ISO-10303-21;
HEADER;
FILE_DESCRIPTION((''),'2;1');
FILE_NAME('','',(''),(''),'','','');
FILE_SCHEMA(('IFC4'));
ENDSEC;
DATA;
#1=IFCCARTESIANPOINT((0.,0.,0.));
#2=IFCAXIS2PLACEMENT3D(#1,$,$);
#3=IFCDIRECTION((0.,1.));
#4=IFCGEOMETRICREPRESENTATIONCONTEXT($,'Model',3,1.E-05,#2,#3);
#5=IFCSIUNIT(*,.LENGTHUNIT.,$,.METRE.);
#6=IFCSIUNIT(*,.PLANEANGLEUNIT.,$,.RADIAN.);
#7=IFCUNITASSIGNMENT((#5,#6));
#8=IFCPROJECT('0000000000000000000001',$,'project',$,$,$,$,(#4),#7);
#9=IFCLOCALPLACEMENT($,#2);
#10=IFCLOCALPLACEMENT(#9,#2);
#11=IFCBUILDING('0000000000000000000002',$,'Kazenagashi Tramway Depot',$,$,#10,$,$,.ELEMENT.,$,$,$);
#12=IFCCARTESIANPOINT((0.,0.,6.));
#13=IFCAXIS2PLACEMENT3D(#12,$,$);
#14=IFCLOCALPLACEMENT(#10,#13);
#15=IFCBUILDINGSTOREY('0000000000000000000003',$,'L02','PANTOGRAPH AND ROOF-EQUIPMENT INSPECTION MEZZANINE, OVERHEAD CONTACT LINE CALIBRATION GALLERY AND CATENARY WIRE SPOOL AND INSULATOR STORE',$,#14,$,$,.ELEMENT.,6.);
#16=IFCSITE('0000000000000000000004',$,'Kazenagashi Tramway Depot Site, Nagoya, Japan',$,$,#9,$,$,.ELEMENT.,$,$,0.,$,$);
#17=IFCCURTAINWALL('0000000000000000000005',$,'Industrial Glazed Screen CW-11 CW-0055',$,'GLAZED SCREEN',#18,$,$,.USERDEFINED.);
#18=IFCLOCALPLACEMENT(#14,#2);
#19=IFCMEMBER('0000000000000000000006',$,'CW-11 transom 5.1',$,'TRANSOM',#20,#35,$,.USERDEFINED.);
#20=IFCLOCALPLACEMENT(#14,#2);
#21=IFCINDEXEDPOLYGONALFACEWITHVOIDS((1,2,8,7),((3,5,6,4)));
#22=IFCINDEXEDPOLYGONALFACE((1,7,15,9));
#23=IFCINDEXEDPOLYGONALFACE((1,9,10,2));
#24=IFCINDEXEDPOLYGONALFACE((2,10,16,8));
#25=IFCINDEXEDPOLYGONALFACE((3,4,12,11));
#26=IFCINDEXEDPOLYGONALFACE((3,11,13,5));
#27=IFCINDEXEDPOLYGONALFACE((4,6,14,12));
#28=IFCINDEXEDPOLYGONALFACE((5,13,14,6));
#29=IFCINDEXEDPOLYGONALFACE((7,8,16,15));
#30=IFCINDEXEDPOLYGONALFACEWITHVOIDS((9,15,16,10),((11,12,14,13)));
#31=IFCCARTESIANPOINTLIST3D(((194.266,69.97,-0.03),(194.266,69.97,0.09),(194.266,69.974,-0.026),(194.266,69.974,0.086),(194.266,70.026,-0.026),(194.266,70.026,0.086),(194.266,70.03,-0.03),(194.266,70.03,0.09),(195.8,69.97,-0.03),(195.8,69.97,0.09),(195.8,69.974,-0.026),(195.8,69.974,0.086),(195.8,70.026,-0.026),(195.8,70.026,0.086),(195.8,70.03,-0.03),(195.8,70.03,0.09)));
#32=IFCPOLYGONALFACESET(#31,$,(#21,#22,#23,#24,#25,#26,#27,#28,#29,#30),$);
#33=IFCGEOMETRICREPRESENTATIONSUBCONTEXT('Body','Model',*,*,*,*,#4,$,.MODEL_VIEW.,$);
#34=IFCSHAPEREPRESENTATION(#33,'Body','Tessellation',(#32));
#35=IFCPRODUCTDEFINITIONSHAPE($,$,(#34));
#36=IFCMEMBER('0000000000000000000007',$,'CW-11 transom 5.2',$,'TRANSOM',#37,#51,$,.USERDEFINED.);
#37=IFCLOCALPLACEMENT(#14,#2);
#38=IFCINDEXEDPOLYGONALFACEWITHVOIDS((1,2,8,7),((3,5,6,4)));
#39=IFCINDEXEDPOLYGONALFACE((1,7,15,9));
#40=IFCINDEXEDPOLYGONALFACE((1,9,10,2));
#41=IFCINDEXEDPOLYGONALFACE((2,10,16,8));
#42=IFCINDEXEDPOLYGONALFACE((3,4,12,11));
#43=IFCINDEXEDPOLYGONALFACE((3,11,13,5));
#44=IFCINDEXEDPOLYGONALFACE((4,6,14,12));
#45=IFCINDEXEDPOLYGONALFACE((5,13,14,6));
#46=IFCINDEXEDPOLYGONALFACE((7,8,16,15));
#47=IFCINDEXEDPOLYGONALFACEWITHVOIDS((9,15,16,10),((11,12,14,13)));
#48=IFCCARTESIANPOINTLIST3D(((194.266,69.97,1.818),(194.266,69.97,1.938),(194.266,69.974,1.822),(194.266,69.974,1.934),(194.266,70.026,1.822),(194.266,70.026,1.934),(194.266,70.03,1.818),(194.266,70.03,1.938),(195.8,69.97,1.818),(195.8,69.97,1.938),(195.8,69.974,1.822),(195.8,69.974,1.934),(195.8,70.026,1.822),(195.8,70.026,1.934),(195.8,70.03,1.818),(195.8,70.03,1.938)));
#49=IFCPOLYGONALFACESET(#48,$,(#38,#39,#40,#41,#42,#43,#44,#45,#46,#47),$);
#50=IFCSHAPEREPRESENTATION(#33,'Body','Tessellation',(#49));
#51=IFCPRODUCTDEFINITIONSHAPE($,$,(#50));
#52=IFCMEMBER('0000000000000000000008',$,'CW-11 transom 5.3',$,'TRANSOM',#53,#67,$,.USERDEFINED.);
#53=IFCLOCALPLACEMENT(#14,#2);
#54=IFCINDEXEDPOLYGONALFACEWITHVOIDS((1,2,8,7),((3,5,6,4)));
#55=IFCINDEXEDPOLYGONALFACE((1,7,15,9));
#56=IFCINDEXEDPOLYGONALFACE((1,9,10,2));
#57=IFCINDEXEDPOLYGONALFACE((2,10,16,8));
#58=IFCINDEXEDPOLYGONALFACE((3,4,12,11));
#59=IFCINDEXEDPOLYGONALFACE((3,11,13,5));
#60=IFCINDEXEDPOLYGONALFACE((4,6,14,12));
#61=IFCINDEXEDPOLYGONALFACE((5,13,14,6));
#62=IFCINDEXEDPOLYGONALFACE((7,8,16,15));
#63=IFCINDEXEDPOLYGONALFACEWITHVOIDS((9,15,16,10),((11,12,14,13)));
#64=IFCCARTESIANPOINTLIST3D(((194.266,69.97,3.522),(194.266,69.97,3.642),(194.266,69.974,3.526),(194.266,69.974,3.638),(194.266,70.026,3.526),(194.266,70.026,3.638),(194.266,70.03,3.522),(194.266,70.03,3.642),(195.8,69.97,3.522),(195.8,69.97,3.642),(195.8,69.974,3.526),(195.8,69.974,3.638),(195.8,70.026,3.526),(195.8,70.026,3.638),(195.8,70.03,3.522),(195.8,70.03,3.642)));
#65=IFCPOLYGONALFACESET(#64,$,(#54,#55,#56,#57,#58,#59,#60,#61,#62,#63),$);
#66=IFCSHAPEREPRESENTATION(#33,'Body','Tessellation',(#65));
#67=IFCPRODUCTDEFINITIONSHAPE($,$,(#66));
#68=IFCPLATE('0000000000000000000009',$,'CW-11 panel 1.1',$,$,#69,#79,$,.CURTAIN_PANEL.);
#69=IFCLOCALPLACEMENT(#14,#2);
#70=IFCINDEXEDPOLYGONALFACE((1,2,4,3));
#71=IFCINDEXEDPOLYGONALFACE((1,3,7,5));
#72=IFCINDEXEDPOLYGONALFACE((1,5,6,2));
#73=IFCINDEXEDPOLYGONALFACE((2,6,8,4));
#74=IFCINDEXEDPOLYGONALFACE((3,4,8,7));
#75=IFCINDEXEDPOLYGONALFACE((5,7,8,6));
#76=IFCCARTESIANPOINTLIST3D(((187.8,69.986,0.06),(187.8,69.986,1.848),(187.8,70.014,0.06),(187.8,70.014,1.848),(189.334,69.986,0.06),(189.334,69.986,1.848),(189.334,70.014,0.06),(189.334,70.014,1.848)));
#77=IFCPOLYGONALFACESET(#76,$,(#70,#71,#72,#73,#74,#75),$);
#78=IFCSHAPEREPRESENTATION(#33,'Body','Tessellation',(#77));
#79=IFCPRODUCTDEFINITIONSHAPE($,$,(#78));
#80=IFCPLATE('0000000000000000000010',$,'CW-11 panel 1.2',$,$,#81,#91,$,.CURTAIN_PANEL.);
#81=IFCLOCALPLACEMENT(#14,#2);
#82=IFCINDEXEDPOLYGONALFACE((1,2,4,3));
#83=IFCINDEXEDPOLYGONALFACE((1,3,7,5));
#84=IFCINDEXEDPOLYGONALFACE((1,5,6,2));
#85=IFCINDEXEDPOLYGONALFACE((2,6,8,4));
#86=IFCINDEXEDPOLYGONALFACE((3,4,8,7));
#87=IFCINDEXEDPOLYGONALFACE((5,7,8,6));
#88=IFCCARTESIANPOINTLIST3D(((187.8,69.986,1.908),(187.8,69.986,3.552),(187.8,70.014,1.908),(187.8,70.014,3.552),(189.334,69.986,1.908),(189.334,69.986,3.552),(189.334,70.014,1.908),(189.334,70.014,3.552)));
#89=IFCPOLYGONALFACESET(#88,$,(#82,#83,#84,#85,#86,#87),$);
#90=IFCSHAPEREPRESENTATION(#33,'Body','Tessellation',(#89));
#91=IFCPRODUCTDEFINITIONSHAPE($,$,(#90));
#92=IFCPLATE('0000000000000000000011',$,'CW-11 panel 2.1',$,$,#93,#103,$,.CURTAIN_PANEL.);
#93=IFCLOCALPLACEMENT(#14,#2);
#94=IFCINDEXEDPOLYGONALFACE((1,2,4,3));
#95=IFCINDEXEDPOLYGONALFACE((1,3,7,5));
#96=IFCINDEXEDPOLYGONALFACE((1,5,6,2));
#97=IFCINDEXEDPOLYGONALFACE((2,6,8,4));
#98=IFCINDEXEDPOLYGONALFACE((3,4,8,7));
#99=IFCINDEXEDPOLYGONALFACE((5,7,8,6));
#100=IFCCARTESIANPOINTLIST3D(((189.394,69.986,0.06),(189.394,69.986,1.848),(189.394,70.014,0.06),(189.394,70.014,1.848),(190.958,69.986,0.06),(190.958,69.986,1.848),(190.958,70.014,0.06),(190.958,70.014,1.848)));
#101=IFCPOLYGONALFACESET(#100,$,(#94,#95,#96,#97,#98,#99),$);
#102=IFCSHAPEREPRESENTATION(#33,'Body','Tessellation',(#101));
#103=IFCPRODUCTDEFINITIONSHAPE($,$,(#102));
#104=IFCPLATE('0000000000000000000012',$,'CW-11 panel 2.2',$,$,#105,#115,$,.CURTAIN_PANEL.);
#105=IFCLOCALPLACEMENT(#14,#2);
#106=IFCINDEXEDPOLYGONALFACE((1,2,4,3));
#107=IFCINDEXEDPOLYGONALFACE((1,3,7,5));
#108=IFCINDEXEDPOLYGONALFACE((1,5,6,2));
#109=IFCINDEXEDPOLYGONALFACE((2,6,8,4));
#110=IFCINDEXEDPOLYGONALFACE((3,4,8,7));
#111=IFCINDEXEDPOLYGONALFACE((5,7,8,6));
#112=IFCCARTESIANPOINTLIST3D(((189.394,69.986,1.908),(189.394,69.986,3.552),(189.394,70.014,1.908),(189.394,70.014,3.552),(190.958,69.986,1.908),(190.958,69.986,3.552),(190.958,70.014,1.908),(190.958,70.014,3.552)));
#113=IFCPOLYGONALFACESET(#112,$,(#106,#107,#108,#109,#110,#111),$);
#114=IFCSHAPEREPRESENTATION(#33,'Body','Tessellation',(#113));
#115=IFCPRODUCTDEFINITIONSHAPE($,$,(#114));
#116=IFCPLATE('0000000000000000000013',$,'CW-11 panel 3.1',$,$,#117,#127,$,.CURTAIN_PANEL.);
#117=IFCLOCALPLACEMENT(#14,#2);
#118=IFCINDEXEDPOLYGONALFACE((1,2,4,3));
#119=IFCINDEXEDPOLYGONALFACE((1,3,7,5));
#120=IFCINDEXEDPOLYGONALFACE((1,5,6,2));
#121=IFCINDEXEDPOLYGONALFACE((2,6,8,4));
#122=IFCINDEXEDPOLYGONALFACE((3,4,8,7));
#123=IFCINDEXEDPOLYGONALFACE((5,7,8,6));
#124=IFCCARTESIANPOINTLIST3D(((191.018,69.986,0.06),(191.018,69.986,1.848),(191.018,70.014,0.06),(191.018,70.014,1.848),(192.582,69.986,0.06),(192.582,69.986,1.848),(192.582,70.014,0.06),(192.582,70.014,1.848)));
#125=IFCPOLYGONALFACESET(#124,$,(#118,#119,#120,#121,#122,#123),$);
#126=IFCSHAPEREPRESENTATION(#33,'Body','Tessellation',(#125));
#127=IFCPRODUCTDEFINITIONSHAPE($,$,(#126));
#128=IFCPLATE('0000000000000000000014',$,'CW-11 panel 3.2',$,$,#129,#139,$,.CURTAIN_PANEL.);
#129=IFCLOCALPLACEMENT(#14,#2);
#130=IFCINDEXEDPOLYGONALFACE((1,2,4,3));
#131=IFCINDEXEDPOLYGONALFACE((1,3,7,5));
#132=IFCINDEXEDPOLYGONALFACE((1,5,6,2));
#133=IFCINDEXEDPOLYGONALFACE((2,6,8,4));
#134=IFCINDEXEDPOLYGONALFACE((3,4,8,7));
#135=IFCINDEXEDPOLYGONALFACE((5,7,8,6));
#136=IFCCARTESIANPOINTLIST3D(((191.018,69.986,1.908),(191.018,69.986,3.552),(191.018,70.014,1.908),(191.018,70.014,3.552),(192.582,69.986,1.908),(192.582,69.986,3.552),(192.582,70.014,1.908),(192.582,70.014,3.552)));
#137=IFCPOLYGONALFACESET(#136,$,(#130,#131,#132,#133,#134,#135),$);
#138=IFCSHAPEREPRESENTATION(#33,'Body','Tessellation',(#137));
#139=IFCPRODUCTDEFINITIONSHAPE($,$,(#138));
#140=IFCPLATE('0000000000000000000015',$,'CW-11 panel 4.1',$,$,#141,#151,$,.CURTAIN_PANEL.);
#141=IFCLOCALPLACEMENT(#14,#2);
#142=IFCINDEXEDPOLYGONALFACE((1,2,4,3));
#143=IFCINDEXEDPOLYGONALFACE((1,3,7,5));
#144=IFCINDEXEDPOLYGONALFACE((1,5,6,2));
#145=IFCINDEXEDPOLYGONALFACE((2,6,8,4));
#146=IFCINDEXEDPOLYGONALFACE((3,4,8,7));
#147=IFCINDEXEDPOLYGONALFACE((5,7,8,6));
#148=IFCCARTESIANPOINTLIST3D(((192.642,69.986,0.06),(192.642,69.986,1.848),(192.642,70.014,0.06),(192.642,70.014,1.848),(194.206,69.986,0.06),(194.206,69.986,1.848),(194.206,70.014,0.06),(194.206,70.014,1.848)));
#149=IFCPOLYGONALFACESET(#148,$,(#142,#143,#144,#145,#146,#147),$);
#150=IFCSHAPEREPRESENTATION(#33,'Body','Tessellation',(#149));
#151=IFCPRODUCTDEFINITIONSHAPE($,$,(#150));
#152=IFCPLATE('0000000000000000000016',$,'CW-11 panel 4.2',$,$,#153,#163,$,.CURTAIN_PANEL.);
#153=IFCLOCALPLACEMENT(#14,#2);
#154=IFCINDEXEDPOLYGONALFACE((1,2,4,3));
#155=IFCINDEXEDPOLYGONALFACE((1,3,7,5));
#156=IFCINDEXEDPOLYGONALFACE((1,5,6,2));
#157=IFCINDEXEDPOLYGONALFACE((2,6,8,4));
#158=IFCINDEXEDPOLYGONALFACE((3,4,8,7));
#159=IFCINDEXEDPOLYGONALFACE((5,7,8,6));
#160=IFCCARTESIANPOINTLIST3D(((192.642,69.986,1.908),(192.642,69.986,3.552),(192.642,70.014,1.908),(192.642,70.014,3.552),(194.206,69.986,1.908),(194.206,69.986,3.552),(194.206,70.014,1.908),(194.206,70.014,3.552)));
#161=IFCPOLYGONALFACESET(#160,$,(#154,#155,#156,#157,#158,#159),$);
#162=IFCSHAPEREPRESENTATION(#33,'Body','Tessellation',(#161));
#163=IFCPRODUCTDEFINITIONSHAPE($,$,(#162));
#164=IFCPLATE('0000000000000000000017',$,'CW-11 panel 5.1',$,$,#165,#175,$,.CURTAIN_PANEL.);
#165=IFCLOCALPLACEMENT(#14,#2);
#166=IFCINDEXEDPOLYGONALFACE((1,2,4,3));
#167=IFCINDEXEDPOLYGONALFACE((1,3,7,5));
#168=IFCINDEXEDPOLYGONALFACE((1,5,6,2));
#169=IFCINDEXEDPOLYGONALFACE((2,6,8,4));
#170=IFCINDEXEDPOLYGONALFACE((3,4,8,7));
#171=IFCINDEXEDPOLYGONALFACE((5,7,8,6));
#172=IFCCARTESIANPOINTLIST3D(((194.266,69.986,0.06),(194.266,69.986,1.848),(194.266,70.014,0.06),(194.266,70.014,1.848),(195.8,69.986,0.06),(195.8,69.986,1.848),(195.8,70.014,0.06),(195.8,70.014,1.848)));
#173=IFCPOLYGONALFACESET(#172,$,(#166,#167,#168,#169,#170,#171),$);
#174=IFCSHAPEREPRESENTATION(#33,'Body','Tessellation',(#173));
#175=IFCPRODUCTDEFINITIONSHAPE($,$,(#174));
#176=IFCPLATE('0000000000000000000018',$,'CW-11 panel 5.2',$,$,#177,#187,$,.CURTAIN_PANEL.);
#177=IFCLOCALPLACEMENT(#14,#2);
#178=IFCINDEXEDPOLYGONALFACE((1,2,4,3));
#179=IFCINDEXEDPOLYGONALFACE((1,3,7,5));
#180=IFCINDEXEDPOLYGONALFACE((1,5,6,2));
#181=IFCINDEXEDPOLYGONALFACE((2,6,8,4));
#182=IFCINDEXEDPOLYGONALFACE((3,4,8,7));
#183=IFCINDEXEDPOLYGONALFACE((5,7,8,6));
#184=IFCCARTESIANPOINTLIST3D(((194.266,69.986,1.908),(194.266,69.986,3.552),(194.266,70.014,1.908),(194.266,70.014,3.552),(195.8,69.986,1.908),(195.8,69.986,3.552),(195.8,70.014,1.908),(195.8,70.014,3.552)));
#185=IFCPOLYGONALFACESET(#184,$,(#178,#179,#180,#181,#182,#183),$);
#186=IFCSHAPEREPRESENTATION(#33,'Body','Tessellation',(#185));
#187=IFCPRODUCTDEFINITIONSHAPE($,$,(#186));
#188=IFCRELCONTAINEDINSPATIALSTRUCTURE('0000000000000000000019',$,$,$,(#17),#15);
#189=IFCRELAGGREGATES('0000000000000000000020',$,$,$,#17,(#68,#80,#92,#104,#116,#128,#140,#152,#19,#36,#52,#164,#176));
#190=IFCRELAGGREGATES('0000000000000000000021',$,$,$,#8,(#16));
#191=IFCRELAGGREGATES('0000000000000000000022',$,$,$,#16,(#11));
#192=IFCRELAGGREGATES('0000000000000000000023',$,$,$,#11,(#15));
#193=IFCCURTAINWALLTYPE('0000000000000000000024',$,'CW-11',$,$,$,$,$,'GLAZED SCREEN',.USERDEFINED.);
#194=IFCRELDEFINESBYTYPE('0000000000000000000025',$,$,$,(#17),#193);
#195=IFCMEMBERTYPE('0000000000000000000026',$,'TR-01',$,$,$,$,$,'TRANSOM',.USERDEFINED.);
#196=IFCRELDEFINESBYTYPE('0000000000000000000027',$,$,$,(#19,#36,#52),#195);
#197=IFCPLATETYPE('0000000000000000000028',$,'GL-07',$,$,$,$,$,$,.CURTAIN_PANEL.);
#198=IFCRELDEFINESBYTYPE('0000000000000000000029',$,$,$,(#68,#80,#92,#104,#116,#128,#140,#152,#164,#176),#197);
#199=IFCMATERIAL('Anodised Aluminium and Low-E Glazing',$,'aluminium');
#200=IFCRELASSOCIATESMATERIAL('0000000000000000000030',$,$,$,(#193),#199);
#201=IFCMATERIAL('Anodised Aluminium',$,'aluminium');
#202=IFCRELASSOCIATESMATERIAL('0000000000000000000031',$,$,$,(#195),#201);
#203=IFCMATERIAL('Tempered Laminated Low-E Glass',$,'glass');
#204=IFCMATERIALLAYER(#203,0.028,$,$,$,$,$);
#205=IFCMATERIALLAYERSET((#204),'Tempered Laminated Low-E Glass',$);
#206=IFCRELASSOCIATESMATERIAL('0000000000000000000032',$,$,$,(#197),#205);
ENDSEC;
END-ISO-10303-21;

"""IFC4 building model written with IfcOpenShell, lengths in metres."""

from ifc_helpers import new_model, si_unit, direction, frame, origin, origin_2d, place, context, subcontext, project, spatial, rectangle, hollow_rectangle, extrude, material, layer, layer_set, material_profile, profile_set, type_object, element, aggregate, save


model = new_model("IFC4")

# Units and contexts
model_context = context("Model", 3, precision=1e-05, world=origin(), true_north=direction((0.0, 1.0)))
body_context = subcontext(model_context, "Body", "Model", "MODEL_VIEW")
ifc_project = project(units=[si_unit("LENGTHUNIT", "METRE"), si_unit("PLANEANGLEUNIT", "RADIAN")], contexts=[model_context])

# Site, building, storey
site_placement = place(None, origin())
site = spatial("IfcSite", under=ifc_project, at=site_placement, Name="Kazenagashi Tramway Depot Site, Nagoya, Japan", CompositionType="ELEMENT", RefElevation=0.0)
building_placement = place(site_placement, origin())
building = spatial("IfcBuilding", under=site, at=building_placement, Name="Kazenagashi Tramway Depot", CompositionType="ELEMENT")
storey_placement = place(building_placement, frame((0.0, 0.0, 6.0)))
storey = spatial("IfcBuildingStorey", under=building, at=storey_placement, Name="L02", Description="PANTOGRAPH AND ROOF-EQUIPMENT INSPECTION MEZZANINE, OVERHEAD CONTACT LINE CALIBRATION GALLERY AND CATENARY WIRE SPOOL AND INSULATOR STORE", CompositionType="ELEMENT", Elevation=6.0)

# Shared definitions
ifc_material_1 = material(Name="Anodised Aluminium and Low-E Glazing", Category="aluminium")
ifc_material_2 = material(Name="Anodised Aluminium", Category="aluminium")

# Curtain wall
curtain_wall_type_1 = type_object("IfcCurtainWallType", Name="CW-11", ElementType="GLAZED SCREEN", PredefinedType="USERDEFINED", material=ifc_material_1)
curtain_wall_1_placement = place(storey_placement, origin())
curtain_wall_1 = element("IfcCurtainWall", 1, at=curtain_wall_1_placement, inside=storey, type_object=curtain_wall_type_1, Name="Industrial Glazed Screen CW-11 CW-0055", ObjectType="GLAZED SCREEN", PredefinedType="USERDEFINED")

# Members
ifc_material_profile_1 = material_profile(ifc_material_2, hollow_rectangle(XDim=0.06, YDim=0.12, WallThickness=0.004, at=origin_2d()), Name="RHS-120x60x4")
ifc_profile_set_1 = profile_set([ifc_material_profile_1], Name="Anodised Aluminium")
member_type_1 = type_object("IfcMemberType", Name="TR-01", ElementType="TRANSOM", PredefinedType="USERDEFINED", material=ifc_profile_set_1)
member_1_placement = place(storey_placement, frame((194.266, 70.0, 0.03), z_axis=(1.0, 0.0, 0.0), x_axis=(0.0, 1.0, 0.0)))
member_1 = element("IfcMember", 2, at=member_1_placement, type_object=member_type_1, Name="CW-11 transom 5.1", ObjectType="TRANSOM", PredefinedType="USERDEFINED", context=body_context, shape_type="SweptSolid", body=[
    extrude(hollow_rectangle(XDim=0.06, YDim=0.12, WallThickness=0.004, at=origin_2d()), origin(), (0.0, 0.0, 1.0), 1.534),
])
member_2_placement = place(storey_placement, frame((194.266, 70.0, 1.878), z_axis=(1.0, 0.0, 0.0), x_axis=(0.0, 1.0, 0.0)))
member_2 = element("IfcMember", 3, at=member_2_placement, type_object=member_type_1, Name="CW-11 transom 5.2", ObjectType="TRANSOM", PredefinedType="USERDEFINED", context=body_context, shape_type="SweptSolid", body=[
    extrude(hollow_rectangle(XDim=0.06, YDim=0.12, WallThickness=0.004, at=origin_2d()), origin(), (0.0, 0.0, 1.0), 1.534),
])
member_3_placement = place(storey_placement, frame((194.266, 70.0, 3.582), z_axis=(1.0, 0.0, 0.0), x_axis=(0.0, 1.0, 0.0)))
member_3 = element("IfcMember", 4, at=member_3_placement, type_object=member_type_1, Name="CW-11 transom 5.3", ObjectType="TRANSOM", PredefinedType="USERDEFINED", context=body_context, shape_type="SweptSolid", body=[
    extrude(hollow_rectangle(XDim=0.06, YDim=0.12, WallThickness=0.004, at=origin_2d()), origin(), (0.0, 0.0, 1.0), 1.534),
])

# Plates
ifc_material_3 = material(Name="Tempered Laminated Low-E Glass", Category="glass")
ifc_layer = layer(ifc_material_3, 0.028)
ifc_layer_set = layer_set([ifc_layer], Name="Tempered Laminated Low-E Glass")
plate_type = type_object("IfcPlateType", Name="GL-07", PredefinedType="CURTAIN_PANEL", material=ifc_layer_set)
plate_1_placement = place(storey_placement, frame((188.567, 70.0, 0.06), z_axis=(0.0, 0.0, 1.0), x_axis=(1.0, 0.0, 0.0)))
plate_1 = element("IfcPlate", 5, at=plate_1_placement, type_object=plate_type, Name="CW-11 panel 1.1", PredefinedType="CURTAIN_PANEL", context=body_context, shape_type="SweptSolid", body=[
    extrude(rectangle(XDim=1.534, YDim=0.028, at=origin_2d()), origin(), (0.0, 0.0, 1.0), 1.788),
])
plate_2_placement = place(storey_placement, frame((188.567, 70.0, 1.908), z_axis=(0.0, 0.0, 1.0), x_axis=(1.0, 0.0, 0.0)))
plate_2 = element("IfcPlate", 6, at=plate_2_placement, type_object=plate_type, Name="CW-11 panel 1.2", PredefinedType="CURTAIN_PANEL", context=body_context, shape_type="SweptSolid", body=[
    extrude(rectangle(XDim=1.534, YDim=0.028, at=origin_2d()), origin(), (0.0, 0.0, 1.0), 1.644),
])
plate_3_placement = place(storey_placement, frame((190.176, 70.0, 0.06), z_axis=(0.0, 0.0, 1.0), x_axis=(1.0, 0.0, 0.0)))
plate_3 = element("IfcPlate", 7, at=plate_3_placement, type_object=plate_type, Name="CW-11 panel 2.1", PredefinedType="CURTAIN_PANEL", context=body_context, shape_type="SweptSolid", body=[
    extrude(rectangle(XDim=1.564, YDim=0.028, at=origin_2d()), origin(), (0.0, 0.0, 1.0), 1.788),
])
plate_4_placement = place(storey_placement, frame((190.176, 70.0, 1.908), z_axis=(0.0, 0.0, 1.0), x_axis=(1.0, 0.0, 0.0)))
plate_4 = element("IfcPlate", 8, at=plate_4_placement, type_object=plate_type, Name="CW-11 panel 2.2", PredefinedType="CURTAIN_PANEL", context=body_context, shape_type="SweptSolid", body=[
    extrude(rectangle(XDim=1.564, YDim=0.028, at=origin_2d()), origin(), (0.0, 0.0, 1.0), 1.644),
])
plate_5_placement = place(storey_placement, frame((191.8, 70.0, 0.06), z_axis=(0.0, 0.0, 1.0), x_axis=(1.0, 0.0, 0.0)))
plate_5 = element("IfcPlate", 9, at=plate_5_placement, type_object=plate_type, Name="CW-11 panel 3.1", PredefinedType="CURTAIN_PANEL", context=body_context, shape_type="SweptSolid", body=[
    extrude(rectangle(XDim=1.564, YDim=0.028, at=origin_2d()), origin(), (0.0, 0.0, 1.0), 1.788),
])
plate_6_placement = place(storey_placement, frame((191.8, 70.0, 1.908), z_axis=(0.0, 0.0, 1.0), x_axis=(1.0, 0.0, 0.0)))
plate_6 = element("IfcPlate", 10, at=plate_6_placement, type_object=plate_type, Name="CW-11 panel 3.2", PredefinedType="CURTAIN_PANEL", context=body_context, shape_type="SweptSolid", body=[
    extrude(rectangle(XDim=1.564, YDim=0.028, at=origin_2d()), origin(), (0.0, 0.0, 1.0), 1.644),
])
plate_7_placement = place(storey_placement, frame((193.424, 70.0, 0.06), z_axis=(0.0, 0.0, 1.0), x_axis=(1.0, 0.0, 0.0)))
plate_7 = element("IfcPlate", 11, at=plate_7_placement, type_object=plate_type, Name="CW-11 panel 4.1", PredefinedType="CURTAIN_PANEL", context=body_context, shape_type="SweptSolid", body=[
    extrude(rectangle(XDim=1.564, YDim=0.028, at=origin_2d()), origin(), (0.0, 0.0, 1.0), 1.788),
])
plate_8_placement = place(storey_placement, frame((193.424, 70.0, 1.908), z_axis=(0.0, 0.0, 1.0), x_axis=(1.0, 0.0, 0.0)))
plate_8 = element("IfcPlate", 12, at=plate_8_placement, type_object=plate_type, Name="CW-11 panel 4.2", PredefinedType="CURTAIN_PANEL", context=body_context, shape_type="SweptSolid", body=[
    extrude(rectangle(XDim=1.564, YDim=0.028, at=origin_2d()), origin(), (0.0, 0.0, 1.0), 1.644),
])
plate_9_placement = place(storey_placement, frame((195.033, 70.0, 0.06), z_axis=(0.0, 0.0, 1.0), x_axis=(1.0, 0.0, 0.0)))
plate_9 = element("IfcPlate", 13, at=plate_9_placement, type_object=plate_type, Name="CW-11 panel 5.1", PredefinedType="CURTAIN_PANEL", context=body_context, shape_type="SweptSolid", body=[
    extrude(rectangle(XDim=1.534, YDim=0.028, at=origin_2d()), origin(), (0.0, 0.0, 1.0), 1.788),
])
plate_10_placement = place(storey_placement, frame((195.033, 70.0, 1.908), z_axis=(0.0, 0.0, 1.0), x_axis=(1.0, 0.0, 0.0)))
plate_10 = element("IfcPlate", 14, at=plate_10_placement, type_object=plate_type, Name="CW-11 panel 5.2", PredefinedType="CURTAIN_PANEL", context=body_context, shape_type="SweptSolid", body=[
    extrude(rectangle(XDim=1.534, YDim=0.028, at=origin_2d()), origin(), (0.0, 0.0, 1.0), 1.644),
])
aggregate(curtain_wall_1, [plate_1, plate_2, plate_3, plate_4, plate_5, plate_6, plate_7, plate_8, member_1, member_2, member_3, plate_9, plate_10])

save(model, "model.ifc")
